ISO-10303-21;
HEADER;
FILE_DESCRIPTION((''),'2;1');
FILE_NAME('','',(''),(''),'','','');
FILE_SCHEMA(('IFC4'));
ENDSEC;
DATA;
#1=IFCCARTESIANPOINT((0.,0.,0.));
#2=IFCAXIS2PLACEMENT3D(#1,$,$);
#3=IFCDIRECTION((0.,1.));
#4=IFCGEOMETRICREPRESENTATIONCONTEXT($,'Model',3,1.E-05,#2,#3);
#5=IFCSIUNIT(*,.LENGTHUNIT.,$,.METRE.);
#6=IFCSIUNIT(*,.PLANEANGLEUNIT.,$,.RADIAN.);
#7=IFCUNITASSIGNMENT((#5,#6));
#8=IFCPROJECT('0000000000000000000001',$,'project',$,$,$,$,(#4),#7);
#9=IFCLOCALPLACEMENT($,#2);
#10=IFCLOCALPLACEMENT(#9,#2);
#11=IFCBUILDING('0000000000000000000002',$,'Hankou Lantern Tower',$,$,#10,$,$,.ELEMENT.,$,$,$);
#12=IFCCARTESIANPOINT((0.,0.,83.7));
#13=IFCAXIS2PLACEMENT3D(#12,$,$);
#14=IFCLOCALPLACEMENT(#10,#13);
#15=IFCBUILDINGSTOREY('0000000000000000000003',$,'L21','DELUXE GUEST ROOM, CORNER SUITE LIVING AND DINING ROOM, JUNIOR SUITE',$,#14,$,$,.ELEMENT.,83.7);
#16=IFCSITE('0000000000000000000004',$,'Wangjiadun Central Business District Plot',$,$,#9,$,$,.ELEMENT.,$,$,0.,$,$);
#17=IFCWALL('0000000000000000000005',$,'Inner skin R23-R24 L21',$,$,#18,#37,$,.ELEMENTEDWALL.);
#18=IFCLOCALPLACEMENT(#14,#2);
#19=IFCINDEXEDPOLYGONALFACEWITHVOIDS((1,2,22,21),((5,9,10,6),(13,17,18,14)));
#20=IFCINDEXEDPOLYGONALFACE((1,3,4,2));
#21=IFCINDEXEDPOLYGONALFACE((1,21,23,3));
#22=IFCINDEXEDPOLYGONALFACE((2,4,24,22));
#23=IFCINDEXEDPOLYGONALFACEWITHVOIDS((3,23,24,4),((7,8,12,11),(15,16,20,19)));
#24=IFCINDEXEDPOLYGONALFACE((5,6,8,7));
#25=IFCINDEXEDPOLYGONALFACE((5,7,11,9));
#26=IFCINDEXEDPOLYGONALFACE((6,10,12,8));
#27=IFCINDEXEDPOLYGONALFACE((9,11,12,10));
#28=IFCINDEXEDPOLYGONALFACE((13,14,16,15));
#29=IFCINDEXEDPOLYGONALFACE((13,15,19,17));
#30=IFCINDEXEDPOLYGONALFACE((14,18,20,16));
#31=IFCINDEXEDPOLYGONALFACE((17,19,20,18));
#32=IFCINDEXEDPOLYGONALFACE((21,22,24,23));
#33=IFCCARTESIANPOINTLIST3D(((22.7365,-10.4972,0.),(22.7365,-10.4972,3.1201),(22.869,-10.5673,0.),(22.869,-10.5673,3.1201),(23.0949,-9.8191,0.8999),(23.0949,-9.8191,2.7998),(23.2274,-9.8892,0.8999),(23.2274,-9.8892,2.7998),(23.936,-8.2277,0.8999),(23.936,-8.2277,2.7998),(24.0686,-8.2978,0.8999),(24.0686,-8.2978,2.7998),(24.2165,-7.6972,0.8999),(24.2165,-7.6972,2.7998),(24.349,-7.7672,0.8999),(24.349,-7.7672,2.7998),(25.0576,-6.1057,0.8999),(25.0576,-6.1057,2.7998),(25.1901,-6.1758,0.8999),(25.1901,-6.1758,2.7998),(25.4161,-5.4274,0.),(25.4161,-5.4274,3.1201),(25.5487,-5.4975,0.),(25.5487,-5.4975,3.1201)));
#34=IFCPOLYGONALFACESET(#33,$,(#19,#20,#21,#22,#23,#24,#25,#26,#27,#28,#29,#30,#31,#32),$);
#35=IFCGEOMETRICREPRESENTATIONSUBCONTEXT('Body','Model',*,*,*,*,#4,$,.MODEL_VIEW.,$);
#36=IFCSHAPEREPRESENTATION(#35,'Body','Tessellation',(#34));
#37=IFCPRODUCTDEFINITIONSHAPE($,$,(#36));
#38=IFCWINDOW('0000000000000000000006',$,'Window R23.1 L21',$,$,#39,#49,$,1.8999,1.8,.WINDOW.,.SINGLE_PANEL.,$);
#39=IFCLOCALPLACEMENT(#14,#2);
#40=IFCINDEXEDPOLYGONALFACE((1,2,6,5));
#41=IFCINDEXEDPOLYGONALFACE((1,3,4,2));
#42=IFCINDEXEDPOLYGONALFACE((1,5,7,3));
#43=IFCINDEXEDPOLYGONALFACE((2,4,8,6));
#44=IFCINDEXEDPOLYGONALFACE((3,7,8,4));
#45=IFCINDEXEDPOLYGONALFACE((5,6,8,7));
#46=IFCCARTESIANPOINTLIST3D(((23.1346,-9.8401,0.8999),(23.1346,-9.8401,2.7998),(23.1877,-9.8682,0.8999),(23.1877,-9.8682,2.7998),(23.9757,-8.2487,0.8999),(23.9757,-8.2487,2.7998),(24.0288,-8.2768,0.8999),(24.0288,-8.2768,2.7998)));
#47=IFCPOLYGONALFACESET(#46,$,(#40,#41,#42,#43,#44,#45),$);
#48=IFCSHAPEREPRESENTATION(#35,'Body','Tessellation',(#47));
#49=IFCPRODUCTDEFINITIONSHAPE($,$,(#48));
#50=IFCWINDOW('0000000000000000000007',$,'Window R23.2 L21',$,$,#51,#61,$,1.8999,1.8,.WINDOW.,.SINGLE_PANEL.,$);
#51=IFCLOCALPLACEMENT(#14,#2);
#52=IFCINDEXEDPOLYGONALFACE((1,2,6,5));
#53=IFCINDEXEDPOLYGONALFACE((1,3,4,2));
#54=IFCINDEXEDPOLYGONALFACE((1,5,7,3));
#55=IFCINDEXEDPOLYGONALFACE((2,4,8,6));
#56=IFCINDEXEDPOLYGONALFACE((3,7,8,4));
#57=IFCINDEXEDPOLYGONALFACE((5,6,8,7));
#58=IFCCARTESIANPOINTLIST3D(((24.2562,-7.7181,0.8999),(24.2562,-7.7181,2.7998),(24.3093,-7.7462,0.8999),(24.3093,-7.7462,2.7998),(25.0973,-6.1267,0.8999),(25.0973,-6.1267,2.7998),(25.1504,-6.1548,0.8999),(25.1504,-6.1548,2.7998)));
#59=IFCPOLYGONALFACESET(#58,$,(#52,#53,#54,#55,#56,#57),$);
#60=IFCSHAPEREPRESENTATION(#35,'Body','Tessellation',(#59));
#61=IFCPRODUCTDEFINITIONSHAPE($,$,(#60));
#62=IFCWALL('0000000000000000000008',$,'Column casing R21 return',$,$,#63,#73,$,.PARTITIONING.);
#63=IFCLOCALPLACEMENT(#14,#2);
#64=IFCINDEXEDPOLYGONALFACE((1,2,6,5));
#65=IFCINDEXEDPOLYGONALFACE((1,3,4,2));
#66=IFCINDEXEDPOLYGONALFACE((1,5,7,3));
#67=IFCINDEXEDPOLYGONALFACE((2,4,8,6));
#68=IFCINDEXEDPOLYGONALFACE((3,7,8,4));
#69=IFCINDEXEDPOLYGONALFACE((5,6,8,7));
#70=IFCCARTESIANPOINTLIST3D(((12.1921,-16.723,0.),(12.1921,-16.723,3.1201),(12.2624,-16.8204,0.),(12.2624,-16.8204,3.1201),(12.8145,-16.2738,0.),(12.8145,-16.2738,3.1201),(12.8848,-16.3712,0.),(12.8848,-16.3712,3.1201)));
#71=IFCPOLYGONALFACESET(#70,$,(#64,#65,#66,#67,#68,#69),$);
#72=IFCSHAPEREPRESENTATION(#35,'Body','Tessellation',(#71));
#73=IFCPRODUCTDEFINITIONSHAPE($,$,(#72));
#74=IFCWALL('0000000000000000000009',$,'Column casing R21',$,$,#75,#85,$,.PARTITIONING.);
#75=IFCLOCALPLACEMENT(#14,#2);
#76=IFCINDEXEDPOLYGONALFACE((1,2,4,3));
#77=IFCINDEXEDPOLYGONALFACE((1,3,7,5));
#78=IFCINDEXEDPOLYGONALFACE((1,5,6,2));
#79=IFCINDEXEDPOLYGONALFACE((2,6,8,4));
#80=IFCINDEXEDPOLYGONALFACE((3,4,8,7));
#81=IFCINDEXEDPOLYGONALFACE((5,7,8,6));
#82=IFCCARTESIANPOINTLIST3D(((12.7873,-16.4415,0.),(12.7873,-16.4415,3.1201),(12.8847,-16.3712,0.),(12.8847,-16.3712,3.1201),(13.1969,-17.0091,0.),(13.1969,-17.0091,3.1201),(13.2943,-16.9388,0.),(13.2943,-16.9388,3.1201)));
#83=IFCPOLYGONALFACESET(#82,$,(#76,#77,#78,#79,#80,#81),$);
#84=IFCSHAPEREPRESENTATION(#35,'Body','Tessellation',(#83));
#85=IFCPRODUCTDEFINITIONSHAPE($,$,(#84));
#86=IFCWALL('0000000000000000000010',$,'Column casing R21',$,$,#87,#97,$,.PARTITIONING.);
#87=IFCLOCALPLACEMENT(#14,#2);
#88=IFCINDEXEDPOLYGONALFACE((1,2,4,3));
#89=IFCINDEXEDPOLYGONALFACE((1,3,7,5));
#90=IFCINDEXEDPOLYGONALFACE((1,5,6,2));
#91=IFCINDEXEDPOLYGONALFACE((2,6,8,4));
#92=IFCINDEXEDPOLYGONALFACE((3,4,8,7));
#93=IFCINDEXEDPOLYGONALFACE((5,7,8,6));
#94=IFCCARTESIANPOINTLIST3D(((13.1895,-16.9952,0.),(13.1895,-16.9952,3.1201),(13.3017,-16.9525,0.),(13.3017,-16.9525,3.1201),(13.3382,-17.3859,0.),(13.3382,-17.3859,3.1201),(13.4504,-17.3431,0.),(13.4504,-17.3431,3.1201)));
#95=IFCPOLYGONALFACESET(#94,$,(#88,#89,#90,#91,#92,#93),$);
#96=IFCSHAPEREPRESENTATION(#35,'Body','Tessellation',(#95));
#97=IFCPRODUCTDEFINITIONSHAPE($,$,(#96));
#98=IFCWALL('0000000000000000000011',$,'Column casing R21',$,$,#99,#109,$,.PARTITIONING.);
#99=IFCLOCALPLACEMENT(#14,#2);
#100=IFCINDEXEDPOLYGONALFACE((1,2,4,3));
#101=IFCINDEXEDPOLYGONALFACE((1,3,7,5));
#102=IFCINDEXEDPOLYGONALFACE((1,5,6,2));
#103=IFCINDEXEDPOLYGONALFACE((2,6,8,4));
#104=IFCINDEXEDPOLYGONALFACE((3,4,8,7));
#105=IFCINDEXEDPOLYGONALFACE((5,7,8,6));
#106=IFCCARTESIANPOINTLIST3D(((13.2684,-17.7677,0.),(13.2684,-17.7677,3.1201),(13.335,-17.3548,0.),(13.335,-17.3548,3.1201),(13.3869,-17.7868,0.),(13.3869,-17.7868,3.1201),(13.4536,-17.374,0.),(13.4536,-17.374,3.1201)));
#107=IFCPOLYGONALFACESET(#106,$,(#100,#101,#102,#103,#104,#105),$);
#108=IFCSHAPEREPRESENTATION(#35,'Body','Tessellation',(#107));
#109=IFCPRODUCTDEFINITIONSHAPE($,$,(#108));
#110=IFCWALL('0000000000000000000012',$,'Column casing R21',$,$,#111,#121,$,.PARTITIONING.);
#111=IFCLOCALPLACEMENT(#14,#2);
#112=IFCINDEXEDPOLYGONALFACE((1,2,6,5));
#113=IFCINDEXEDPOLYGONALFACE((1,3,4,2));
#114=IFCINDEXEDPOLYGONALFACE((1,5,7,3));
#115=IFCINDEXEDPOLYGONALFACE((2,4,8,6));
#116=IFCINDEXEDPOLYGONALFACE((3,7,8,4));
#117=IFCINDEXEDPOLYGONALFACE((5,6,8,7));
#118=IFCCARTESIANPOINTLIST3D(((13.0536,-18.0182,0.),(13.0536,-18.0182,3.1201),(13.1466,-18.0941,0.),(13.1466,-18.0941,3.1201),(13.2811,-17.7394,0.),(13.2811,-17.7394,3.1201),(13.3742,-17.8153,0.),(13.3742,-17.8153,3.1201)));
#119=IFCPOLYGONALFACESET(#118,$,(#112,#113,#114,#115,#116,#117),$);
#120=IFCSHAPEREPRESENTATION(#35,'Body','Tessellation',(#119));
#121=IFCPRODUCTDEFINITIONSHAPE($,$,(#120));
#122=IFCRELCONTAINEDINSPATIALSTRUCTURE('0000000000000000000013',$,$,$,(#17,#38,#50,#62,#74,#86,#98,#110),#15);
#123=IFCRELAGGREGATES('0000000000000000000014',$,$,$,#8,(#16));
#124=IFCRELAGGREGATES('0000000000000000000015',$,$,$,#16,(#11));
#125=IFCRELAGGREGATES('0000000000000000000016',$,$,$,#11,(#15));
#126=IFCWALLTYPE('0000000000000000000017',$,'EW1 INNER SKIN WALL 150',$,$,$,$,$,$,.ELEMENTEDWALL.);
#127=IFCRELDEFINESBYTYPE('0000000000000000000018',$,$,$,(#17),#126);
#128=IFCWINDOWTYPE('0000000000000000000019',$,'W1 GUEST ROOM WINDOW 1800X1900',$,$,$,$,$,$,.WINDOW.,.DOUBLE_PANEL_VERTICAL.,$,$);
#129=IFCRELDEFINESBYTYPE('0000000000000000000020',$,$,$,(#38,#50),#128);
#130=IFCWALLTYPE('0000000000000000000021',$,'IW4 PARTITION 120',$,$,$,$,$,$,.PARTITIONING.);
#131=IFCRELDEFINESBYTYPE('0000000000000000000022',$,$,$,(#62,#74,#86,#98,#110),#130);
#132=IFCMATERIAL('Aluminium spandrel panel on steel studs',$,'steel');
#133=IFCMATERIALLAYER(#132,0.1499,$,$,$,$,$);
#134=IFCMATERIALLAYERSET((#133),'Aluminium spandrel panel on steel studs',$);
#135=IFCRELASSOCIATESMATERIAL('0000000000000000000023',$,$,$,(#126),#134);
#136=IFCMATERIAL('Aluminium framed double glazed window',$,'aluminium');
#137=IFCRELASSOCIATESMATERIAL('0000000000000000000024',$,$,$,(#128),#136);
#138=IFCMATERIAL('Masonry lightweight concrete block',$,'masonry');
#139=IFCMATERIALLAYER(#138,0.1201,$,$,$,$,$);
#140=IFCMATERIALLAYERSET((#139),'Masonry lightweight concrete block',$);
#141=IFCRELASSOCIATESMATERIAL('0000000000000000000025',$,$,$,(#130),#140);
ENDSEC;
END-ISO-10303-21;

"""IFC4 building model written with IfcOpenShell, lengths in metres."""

from ifc_helpers import new_model, si_unit, direction, frame, frame_2d, origin, place, context, subcontext, project, spatial, rectangle, extrude, material, layer, layer_set, type_object, element, fill, save


model = new_model("IFC4")

# Units and contexts
model_context = context("Model", 3, precision=1e-05, world=origin(), true_north=direction((0.0, 1.0)))
body_context = subcontext(model_context, "Body", "Model", "MODEL_VIEW")
ifc_project = project(units=[si_unit("LENGTHUNIT", "METRE"), si_unit("PLANEANGLEUNIT", "RADIAN")], contexts=[model_context])

# Site, building, storey
site_placement = place(None, origin())
site = spatial("IfcSite", under=ifc_project, at=site_placement, Name="Wangjiadun Central Business District Plot", CompositionType="ELEMENT", RefElevation=0.0)
building_placement = place(site_placement, origin())
building = spatial("IfcBuilding", under=site, at=building_placement, Name="Hankou Lantern Tower", CompositionType="ELEMENT")
storey_placement = place(building_placement, frame((0.0, 0.0, 83.7)))
storey = spatial("IfcBuildingStorey", under=building, at=storey_placement, Name="L21", Description="DELUXE GUEST ROOM, CORNER SUITE LIVING AND DINING ROOM, JUNIOR SUITE", CompositionType="ELEMENT", Elevation=83.7)

# Wall, openings, windows
ifc_material_1 = material(Name="Aluminium spandrel panel on steel studs", Category="steel")
ifc_layer_1 = layer(ifc_material_1, 0.1499)
ifc_layer_set_1 = layer_set([ifc_layer_1], Name="Aluminium spandrel panel on steel studs")
wall_type_1 = type_object("IfcWallType", Name="EW1 INNER SKIN WALL 150", PredefinedType="ELEMENTEDWALL", material=ifc_layer_set_1)
ifc_material_2 = material(Name="Aluminium framed double glazed window", Category="aluminium")
window_type = type_object("IfcWindowType", Name="W1 GUEST ROOM WINDOW 1800X1900", PartitioningType="DOUBLE_PANEL_VERTICAL", PredefinedType="WINDOW", material=ifc_material_2)
wall_1_placement = place(storey_placement, frame((22.8027, -10.5322, 0.0), z_axis=(0.0, 0.0, 1.0), x_axis=(0.467297, 0.8841, 0.0)))
wall_1 = element("IfcWall", 1, at=wall_1_placement, inside=storey, type_object=wall_type_1, Name="Inner skin R23-R24 L21", PredefinedType="ELEMENTEDWALL", context=body_context, shape_type="SweptSolid", body=[
    extrude(rectangle(XDim=5.7344, YDim=0.1499, at=frame_2d((2.8672, 0.0))), origin(), (0.0, 0.0, 1.0), 3.1201),
])
opening_1_placement = place(wall_1_placement, frame((0.7671, 0.0, 0.8999)))
opening_1 = element("IfcOpeningElement", 2, at=opening_1_placement, cuts=wall_1, PredefinedType="OPENING", context=body_context, shape_type="SweptSolid", body=[
    extrude(rectangle(XDim=1.8, YDim=1.8999, at=frame_2d((0.8999, 0.95))), frame((0.0, 0.085, 0.0), z_axis=(0.0, -1.0, 0.0), x_axis=(1.0, 0.0, 0.0)), (0.0, 0.0, 1.0), 0.1699),
])
opening_2_placement = place(wall_1_placement, frame((3.1672, 0.0, 0.8999)))
opening_2 = element("IfcOpeningElement", 3, at=opening_2_placement, cuts=wall_1, PredefinedType="OPENING", context=body_context, shape_type="SweptSolid", body=[
    extrude(rectangle(XDim=1.8, YDim=1.8999, at=frame_2d((0.8999, 0.95))), frame((0.0, 0.085, 0.0), z_axis=(0.0, -1.0, 0.0), x_axis=(1.0, 0.0, 0.0)), (0.0, 0.0, 1.0), 0.1699),
])
window_1_placement = place(opening_1_placement, origin())
window_1 = element("IfcWindow", 4, at=window_1_placement, inside=storey, type_object=window_type, Name="Window R23.1 L21", OverallHeight=1.8999, OverallWidth=1.8, PartitioningType="SINGLE_PANEL", PredefinedType="WINDOW", context=body_context, shape_type="SweptSolid", body=[
    extrude(rectangle(XDim=1.8, YDim=1.8999, at=frame_2d((0.8999, 0.95))), frame((0.0, 0.03, 0.0), z_axis=(0.0, -1.0, 0.0), x_axis=(1.0, 0.0, 0.0)), (0.0, 0.0, 1.0), 0.0601),
])
fill(opening_1, window_1)
window_2_placement = place(opening_2_placement, origin())
window_2 = element("IfcWindow", 5, at=window_2_placement, inside=storey, type_object=window_type, Name="Window R23.2 L21", OverallHeight=1.8999, OverallWidth=1.8, PartitioningType="SINGLE_PANEL", PredefinedType="WINDOW", context=body_context, shape_type="SweptSolid", body=[
    extrude(rectangle(XDim=1.8, YDim=1.8999, at=frame_2d((0.8999, 0.95))), frame((0.0, 0.03, 0.0), z_axis=(0.0, -1.0, 0.0), x_axis=(1.0, 0.0, 0.0)), (0.0, 0.0, 1.0), 0.0601),
])
fill(opening_2, window_2)

# Walls
ifc_material_3 = material(Name="Masonry lightweight concrete block", Category="masonry")
ifc_layer_2 = layer(ifc_material_3, 0.1201)
ifc_layer_set_2 = layer_set([ifc_layer_2], Name="Masonry lightweight concrete block")
wall_type_2 = type_object("IfcWallType", Name="IW4 PARTITION 120", PredefinedType="PARTITIONING", material=ifc_layer_set_2)
wall_2_placement = place(storey_placement, frame((12.2273, -16.7717, 0.0), z_axis=(0.0, 0.0, 1.0), x_axis=(0.810822, 0.585293, 0.0)))
element("IfcWall", 6, at=wall_2_placement, inside=storey, type_object=wall_type_2, Name="Column casing R21 return", PredefinedType="PARTITIONING", context=body_context, shape_type="SweptSolid", body=[
    extrude(rectangle(XDim=0.7676, YDim=0.1201, at=frame_2d((0.3838, 0.0))), origin(), (0.0, 0.0, 1.0), 3.1201),
])
wall_3_placement = place(storey_placement, frame((12.8359, -16.4062, 0.0), z_axis=(0.0, 0.0, 1.0), x_axis=(0.585223, -0.810872, 0.0)))
element("IfcWall", 7, at=wall_3_placement, inside=storey, type_object=wall_type_2, Name="Column casing R21", PredefinedType="PARTITIONING", context=body_context, shape_type="SweptSolid", body=[
    extrude(rectangle(XDim=0.7, YDim=0.1201, at=frame_2d((0.3501, 0.0))), origin(), (0.0, 0.0, 1.0), 3.1201),
])
wall_4_placement = place(storey_placement, frame((13.2456, -16.9739, 0.0), z_axis=(0.0, 0.0, 1.0), x_axis=(0.355728, -0.934589, 0.0)))
element("IfcWall", 8, at=wall_4_placement, inside=storey, type_object=wall_type_2, Name="Column casing R21", PredefinedType="PARTITIONING", context=body_context, shape_type="SweptSolid", body=[
    extrude(rectangle(XDim=0.418, YDim=0.1201, at=frame_2d((0.209, 0.0))), origin(), (0.0, 0.0, 1.0), 3.1201),
])
wall_5_placement = place(storey_placement, frame((13.3943, -17.3645, 0.0), z_axis=(0.0, 0.0, 1.0), x_axis=(-0.159379, -0.987217, 0.0)))
element("IfcWall", 9, at=wall_5_placement, inside=storey, type_object=wall_type_2, Name="Column casing R21", PredefinedType="PARTITIONING", context=body_context, shape_type="SweptSolid", body=[
    extrude(rectangle(XDim=0.4182, YDim=0.1201, at=frame_2d((0.209, 0.0))), origin(), (0.0, 0.0, 1.0), 3.1201),
])
wall_6_placement = place(storey_placement, frame((13.3276, -17.7773, 0.0), z_axis=(0.0, 0.0, 1.0), x_axis=(-0.632277, -0.774743, 0.0)))
element("IfcWall", 10, at=wall_6_placement, inside=storey, type_object=wall_type_2, Name="Column casing R21", PredefinedType="PARTITIONING", context=body_context, shape_type="SweptSolid", body=[
    extrude(rectangle(XDim=0.3599, YDim=0.1201, at=frame_2d((0.1799, 0.0))), origin(), (0.0, 0.0, 1.0), 3.1201),
])

save(model, "model.ifc")
